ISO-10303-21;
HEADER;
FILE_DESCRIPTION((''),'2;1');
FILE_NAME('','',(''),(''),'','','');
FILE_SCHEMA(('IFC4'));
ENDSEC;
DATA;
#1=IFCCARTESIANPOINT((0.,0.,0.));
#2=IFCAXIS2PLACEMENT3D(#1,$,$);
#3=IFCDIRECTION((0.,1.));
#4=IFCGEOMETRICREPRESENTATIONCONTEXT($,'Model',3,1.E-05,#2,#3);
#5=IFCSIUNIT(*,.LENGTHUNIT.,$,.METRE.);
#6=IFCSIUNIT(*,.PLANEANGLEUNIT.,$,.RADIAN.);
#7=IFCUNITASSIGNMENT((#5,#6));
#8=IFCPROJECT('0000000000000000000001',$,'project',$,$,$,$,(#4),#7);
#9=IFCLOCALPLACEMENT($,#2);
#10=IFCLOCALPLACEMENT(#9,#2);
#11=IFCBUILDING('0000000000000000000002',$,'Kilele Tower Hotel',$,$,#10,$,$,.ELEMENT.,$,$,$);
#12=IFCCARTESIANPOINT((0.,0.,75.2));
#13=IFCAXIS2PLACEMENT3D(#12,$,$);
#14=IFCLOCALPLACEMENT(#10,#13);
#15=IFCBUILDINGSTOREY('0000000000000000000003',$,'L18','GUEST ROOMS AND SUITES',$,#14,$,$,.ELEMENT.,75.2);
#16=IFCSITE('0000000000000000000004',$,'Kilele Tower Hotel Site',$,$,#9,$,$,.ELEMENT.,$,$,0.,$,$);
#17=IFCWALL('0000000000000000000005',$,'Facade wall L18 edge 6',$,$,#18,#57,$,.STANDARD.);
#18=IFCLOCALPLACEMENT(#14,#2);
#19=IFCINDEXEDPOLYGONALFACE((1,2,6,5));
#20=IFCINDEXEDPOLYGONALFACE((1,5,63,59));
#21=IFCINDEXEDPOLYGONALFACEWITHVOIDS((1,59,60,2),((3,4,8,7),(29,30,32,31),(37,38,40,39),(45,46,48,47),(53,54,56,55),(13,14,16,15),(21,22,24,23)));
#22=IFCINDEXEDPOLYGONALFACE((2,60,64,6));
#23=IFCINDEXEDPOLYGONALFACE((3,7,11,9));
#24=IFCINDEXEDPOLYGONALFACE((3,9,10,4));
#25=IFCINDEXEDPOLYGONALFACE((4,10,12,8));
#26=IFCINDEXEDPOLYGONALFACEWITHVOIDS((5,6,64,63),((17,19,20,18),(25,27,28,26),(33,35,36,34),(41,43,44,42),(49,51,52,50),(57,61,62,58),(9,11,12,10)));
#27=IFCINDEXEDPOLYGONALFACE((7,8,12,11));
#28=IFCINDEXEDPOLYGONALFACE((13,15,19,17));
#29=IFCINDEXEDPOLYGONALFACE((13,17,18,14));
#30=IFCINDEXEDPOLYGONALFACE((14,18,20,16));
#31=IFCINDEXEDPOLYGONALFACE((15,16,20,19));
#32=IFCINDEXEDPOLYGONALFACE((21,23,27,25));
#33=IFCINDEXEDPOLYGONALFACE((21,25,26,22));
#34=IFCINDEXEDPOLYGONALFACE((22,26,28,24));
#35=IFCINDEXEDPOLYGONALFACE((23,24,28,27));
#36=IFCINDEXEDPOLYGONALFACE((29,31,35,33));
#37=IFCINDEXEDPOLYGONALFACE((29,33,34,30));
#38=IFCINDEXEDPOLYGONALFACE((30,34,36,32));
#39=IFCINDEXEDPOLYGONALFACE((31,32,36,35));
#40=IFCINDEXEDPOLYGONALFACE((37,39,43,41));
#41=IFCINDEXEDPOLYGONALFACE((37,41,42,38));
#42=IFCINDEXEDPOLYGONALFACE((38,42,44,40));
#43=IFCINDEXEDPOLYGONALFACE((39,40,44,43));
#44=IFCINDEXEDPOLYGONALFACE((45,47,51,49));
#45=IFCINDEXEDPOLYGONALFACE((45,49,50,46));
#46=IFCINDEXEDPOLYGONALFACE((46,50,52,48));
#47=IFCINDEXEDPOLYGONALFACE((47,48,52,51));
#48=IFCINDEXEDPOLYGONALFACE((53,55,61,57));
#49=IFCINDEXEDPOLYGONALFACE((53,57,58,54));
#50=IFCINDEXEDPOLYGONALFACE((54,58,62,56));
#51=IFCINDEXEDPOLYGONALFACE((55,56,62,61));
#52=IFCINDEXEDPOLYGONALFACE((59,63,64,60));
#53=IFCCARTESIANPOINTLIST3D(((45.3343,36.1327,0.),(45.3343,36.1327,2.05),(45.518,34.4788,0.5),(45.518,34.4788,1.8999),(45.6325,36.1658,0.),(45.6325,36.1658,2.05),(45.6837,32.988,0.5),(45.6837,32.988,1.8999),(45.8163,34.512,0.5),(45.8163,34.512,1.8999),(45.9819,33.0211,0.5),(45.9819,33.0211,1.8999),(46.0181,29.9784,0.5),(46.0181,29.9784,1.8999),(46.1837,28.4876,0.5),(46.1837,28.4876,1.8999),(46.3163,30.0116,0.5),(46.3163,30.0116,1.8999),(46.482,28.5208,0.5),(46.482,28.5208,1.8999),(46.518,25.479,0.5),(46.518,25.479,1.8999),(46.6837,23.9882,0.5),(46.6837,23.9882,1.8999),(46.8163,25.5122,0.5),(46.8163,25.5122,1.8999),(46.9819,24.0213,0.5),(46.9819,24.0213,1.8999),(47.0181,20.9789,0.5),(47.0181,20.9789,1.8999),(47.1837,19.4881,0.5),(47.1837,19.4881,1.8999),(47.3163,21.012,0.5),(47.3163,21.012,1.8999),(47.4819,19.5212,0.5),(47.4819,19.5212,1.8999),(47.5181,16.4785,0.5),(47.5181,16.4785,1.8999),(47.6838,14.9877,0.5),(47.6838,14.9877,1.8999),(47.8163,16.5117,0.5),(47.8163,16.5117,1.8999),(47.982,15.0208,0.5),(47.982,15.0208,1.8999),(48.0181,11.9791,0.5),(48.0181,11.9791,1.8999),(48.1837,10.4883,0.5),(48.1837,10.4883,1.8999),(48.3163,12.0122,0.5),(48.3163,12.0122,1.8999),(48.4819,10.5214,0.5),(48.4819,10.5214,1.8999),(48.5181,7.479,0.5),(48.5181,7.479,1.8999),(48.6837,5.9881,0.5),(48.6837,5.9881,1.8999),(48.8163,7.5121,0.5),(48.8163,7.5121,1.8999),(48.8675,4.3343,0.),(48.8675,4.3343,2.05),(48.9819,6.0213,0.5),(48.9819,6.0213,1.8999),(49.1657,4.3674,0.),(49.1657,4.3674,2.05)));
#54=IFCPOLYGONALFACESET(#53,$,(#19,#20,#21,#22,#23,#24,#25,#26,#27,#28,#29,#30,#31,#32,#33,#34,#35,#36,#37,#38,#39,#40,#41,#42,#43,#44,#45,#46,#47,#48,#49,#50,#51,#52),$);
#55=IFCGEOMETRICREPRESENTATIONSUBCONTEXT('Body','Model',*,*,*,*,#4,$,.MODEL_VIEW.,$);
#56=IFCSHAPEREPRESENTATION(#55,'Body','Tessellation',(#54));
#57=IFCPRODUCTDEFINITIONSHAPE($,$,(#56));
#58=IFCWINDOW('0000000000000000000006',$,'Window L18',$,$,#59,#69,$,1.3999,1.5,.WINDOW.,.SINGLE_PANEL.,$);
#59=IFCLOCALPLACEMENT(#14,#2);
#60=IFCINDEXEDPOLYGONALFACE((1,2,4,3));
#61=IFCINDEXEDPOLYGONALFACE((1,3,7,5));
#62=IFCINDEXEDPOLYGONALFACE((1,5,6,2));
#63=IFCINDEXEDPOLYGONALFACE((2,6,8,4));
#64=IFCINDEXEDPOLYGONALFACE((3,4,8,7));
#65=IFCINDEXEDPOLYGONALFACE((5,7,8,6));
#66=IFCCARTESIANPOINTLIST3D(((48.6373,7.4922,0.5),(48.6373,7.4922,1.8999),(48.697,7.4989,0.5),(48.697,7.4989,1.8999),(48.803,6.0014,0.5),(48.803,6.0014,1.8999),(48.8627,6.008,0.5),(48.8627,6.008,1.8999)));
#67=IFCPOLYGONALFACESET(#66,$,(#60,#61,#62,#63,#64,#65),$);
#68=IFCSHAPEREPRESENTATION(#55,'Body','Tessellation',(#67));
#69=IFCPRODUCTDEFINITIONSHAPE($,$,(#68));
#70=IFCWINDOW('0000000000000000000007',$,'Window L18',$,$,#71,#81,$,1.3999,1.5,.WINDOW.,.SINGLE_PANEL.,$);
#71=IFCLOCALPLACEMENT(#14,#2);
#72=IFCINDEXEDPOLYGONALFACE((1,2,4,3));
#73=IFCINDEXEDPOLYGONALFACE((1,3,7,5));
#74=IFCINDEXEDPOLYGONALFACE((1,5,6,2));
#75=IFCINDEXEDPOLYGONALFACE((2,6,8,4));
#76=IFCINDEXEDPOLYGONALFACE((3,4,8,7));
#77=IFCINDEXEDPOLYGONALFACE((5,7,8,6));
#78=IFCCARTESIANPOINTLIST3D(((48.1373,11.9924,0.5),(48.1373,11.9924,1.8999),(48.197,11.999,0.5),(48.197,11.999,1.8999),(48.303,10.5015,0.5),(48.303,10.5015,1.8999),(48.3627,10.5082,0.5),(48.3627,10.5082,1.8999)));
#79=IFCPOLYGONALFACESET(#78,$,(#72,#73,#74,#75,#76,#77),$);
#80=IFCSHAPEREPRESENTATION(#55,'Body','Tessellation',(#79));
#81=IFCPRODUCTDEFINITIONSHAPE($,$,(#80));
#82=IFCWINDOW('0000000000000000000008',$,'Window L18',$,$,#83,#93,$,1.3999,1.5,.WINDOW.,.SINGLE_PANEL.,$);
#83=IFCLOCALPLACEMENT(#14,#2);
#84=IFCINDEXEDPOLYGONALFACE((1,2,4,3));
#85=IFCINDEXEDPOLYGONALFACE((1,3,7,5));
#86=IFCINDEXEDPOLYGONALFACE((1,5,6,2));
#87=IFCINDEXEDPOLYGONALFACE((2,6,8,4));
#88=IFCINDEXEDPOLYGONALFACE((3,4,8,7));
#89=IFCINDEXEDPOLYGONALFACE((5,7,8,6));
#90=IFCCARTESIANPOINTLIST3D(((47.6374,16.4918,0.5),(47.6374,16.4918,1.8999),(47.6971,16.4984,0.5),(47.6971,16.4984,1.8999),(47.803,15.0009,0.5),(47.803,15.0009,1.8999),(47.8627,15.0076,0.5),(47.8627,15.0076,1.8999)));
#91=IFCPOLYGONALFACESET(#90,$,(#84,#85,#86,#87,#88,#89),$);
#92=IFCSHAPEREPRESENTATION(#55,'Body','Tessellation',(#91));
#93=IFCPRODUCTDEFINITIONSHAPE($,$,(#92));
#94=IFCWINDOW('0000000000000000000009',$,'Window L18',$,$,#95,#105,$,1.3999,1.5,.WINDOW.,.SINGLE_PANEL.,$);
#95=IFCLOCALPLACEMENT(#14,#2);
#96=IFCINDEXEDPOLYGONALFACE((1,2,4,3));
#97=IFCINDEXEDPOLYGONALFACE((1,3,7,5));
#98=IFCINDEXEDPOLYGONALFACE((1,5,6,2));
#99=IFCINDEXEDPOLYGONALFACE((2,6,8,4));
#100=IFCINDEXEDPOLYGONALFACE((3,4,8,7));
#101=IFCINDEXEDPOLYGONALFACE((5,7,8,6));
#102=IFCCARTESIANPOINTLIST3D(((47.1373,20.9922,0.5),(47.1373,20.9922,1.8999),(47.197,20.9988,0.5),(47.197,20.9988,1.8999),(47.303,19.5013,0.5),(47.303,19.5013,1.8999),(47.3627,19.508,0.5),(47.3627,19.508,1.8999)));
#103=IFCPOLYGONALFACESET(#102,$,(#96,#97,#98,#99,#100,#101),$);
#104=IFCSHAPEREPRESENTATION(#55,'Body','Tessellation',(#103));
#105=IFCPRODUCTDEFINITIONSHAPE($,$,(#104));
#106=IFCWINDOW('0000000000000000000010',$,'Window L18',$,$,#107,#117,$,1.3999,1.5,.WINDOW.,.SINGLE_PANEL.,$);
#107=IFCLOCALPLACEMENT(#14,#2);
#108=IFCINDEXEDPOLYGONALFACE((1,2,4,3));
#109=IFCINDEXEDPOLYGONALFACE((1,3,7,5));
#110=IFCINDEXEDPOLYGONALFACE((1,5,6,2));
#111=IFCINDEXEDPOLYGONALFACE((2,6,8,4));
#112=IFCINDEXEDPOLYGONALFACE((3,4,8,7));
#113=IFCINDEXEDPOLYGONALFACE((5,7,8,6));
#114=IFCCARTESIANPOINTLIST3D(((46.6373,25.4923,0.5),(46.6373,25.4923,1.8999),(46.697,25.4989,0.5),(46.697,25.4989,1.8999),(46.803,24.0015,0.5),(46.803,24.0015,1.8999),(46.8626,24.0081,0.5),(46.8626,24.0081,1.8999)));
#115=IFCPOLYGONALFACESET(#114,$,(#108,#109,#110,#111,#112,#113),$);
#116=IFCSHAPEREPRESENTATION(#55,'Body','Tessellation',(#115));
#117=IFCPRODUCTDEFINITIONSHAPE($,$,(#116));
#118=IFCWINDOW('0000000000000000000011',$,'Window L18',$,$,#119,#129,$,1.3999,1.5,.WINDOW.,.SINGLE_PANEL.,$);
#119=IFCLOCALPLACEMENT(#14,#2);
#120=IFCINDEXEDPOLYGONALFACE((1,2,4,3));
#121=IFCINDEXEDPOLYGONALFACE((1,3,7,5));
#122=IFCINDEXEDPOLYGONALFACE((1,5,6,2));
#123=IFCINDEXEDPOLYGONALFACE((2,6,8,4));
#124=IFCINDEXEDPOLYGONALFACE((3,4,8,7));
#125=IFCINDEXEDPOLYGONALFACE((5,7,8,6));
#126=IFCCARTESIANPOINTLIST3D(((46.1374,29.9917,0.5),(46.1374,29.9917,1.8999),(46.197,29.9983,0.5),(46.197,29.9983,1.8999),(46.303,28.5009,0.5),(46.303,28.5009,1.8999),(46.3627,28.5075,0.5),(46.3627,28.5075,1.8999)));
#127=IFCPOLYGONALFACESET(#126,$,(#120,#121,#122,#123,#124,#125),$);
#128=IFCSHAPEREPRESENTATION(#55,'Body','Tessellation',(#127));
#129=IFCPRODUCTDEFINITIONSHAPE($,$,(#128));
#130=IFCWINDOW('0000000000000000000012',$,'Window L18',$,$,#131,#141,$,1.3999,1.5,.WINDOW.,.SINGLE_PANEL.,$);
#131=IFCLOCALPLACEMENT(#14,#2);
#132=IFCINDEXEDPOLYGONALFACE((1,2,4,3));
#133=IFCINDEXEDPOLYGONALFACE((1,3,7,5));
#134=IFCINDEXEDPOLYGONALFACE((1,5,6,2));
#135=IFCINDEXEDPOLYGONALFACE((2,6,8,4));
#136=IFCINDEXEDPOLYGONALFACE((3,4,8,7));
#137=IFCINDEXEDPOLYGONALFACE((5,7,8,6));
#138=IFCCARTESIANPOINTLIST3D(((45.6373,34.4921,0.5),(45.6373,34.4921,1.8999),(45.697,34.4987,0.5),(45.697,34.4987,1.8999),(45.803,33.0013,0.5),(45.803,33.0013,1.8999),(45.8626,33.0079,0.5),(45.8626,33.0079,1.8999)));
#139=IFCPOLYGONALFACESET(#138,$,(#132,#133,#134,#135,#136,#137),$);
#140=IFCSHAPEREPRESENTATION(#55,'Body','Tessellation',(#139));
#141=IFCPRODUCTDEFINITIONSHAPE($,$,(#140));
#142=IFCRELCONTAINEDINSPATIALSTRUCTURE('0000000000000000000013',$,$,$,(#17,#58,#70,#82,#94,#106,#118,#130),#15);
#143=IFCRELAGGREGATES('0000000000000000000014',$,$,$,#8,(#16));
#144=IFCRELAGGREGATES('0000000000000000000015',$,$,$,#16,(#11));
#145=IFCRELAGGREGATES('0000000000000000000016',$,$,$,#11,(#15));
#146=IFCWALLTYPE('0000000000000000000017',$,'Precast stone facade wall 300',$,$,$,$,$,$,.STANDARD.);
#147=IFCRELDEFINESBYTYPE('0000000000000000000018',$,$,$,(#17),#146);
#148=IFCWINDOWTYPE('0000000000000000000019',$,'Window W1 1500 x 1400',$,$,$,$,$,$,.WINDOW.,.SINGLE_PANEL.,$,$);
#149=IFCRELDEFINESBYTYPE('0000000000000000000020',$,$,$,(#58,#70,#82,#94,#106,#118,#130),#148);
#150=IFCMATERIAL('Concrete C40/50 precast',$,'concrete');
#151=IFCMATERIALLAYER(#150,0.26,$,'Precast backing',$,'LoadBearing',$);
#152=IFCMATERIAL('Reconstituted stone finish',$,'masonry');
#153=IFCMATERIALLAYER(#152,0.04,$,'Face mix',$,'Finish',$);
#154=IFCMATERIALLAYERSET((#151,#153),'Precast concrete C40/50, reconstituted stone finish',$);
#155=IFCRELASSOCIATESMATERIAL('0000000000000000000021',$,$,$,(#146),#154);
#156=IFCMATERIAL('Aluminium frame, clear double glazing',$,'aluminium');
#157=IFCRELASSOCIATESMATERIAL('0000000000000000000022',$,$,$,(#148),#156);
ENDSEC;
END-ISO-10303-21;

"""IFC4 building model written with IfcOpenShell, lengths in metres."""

from ifc_helpers import new_model, si_unit, direction, frame, frame_2d, origin, place, context, subcontext, project, spatial, rectangle, extrude, material, layer, layer_set, type_object, element, fill, save


model = new_model("IFC4")

# Units and contexts
model_context = context("Model", 3, precision=1e-05, world=origin(), true_north=direction((0.0, 1.0)))
body_context = subcontext(model_context, "Body", "Model", "MODEL_VIEW")
ifc_project = project(units=[si_unit("LENGTHUNIT", "METRE"), si_unit("PLANEANGLEUNIT", "RADIAN")], contexts=[model_context])

# Site, building, storey
site_placement = place(None, origin())
site = spatial("IfcSite", under=ifc_project, at=site_placement, Name="Kilele Tower Hotel Site", CompositionType="ELEMENT", RefElevation=0.0)
building_placement = place(site_placement, origin())
building = spatial("IfcBuilding", under=site, at=building_placement, Name="Kilele Tower Hotel", CompositionType="ELEMENT")
storey_placement = place(building_placement, frame((0.0, 0.0, 75.2)))
storey = spatial("IfcBuildingStorey", under=building, at=storey_placement, Name="L18", Description="GUEST ROOMS AND SUITES", CompositionType="ELEMENT", Elevation=75.2)

# Shared definitions
ifc_material_1 = material(Name="Concrete C40/50 precast", Category="concrete")
ifc_layer_1 = layer(ifc_material_1, 0.26, Name="Precast backing", Category="LoadBearing")
ifc_material_2 = material(Name="Reconstituted stone finish", Category="masonry")
ifc_layer_2 = layer(ifc_material_2, 0.04, Name="Face mix", Category="Finish")
ifc_layer_set_1 = layer_set([ifc_layer_1, ifc_layer_2], Name="Precast concrete C40/50, reconstituted stone finish")
wall_type_1 = type_object("IfcWallType", Name="Precast stone facade wall 300", PredefinedType="STANDARD", material=ifc_layer_set_1)
ifc_material_3 = material(Name="Aluminium frame, clear double glazing", Category="aluminium")
window_type = type_object("IfcWindowType", Name="Window W1 1500 x 1400", PartitioningType="SINGLE_PANEL", PredefinedType="WINDOW", material=ifc_material_3)

# Wall, openings, windows
wall_1_placement = place(storey_placement, frame((49.0166, 4.3508, 0.0), z_axis=(0.0, 0.0, 1.0), x_axis=(-0.110433, 0.993884, 0.0)))
wall_1 = element("IfcWall", 1, at=wall_1_placement, inside=storey, type_object=wall_type_1, Name="Facade wall L18 edge 6", PredefinedType="STANDARD", context=body_context, shape_type="SweptSolid", body=[
    extrude(rectangle(XDim=31.9941, YDim=0.3, at=frame_2d((15.9971, 0.0))), origin(), (0.0, 0.0, 1.0), 2.05),
])
opening_1_placement = place(wall_1_placement, frame((1.6641, 0.0, 0.5)))
opening_1 = element("IfcOpeningElement", 2, at=opening_1_placement, cuts=wall_1, PredefinedType="OPENING", context=body_context, shape_type="SweptSolid", body=[
    extrude(rectangle(XDim=1.5, YDim=1.3999, at=frame_2d((0.75, 0.7))), frame((0.0, 0.1599, 0.0), z_axis=(0.0, -1.0, 0.0), x_axis=(1.0, 0.0, 0.0)), (0.0, 0.0, 1.0), 0.3201),
])
opening_2_placement = place(wall_1_placement, frame((6.1919, 0.0, 0.5)))
opening_2 = element("IfcOpeningElement", 3, at=opening_2_placement, cuts=wall_1, PredefinedType="OPENING", context=body_context, shape_type="SweptSolid", body=[
    extrude(rectangle(XDim=1.5, YDim=1.3999, at=frame_2d((0.75, 0.7))), frame((0.0, 0.1599, 0.0), z_axis=(0.0, -1.0, 0.0), x_axis=(1.0, 0.0, 0.0)), (0.0, 0.0, 1.0), 0.3201),
])
opening_3_placement = place(wall_1_placement, frame((10.719, 0.0, 0.5)))
opening_3 = element("IfcOpeningElement", 4, at=opening_3_placement, cuts=wall_1, PredefinedType="OPENING", context=body_context, shape_type="SweptSolid", body=[
    extrude(rectangle(XDim=1.5, YDim=1.3999, at=frame_2d((0.75, 0.7))), frame((0.0, 0.1599, 0.0), z_axis=(0.0, -1.0, 0.0), x_axis=(1.0, 0.0, 0.0)), (0.0, 0.0, 1.0), 0.3201),
])
opening_4_placement = place(wall_1_placement, frame((15.2471, 0.0, 0.5)))
opening_4 = element("IfcOpeningElement", 5, at=opening_4_placement, cuts=wall_1, PredefinedType="OPENING", context=body_context, shape_type="SweptSolid", body=[
    extrude(rectangle(XDim=1.5, YDim=1.3999, at=frame_2d((0.75, 0.7))), frame((0.0, 0.1599, 0.0), z_axis=(0.0, -1.0, 0.0), x_axis=(1.0, 0.0, 0.0)), (0.0, 0.0, 1.0), 0.3201),
])
opening_5_placement = place(wall_1_placement, frame((19.7749, 0.0, 0.5)))
opening_5 = element("IfcOpeningElement", 6, at=opening_5_placement, cuts=wall_1, PredefinedType="OPENING", context=body_context, shape_type="SweptSolid", body=[
    extrude(rectangle(XDim=1.5, YDim=1.3999, at=frame_2d((0.75, 0.7))), frame((0.0, 0.1599, 0.0), z_axis=(0.0, -1.0, 0.0), x_axis=(1.0, 0.0, 0.0)), (0.0, 0.0, 1.0), 0.3201),
])
opening_6_placement = place(wall_1_placement, frame((24.302, 0.0, 0.5)))
opening_6 = element("IfcOpeningElement", 7, at=opening_6_placement, cuts=wall_1, PredefinedType="OPENING", context=body_context, shape_type="SweptSolid", body=[
    extrude(rectangle(XDim=1.5, YDim=1.3999, at=frame_2d((0.75, 0.7))), frame((0.0, 0.1599, 0.0), z_axis=(0.0, -1.0, 0.0), x_axis=(1.0, 0.0, 0.0)), (0.0, 0.0, 1.0), 0.3201),
])
opening_7_placement = place(wall_1_placement, frame((28.8301, 0.0, 0.5)))
opening_7 = element("IfcOpeningElement", 8, at=opening_7_placement, cuts=wall_1, PredefinedType="OPENING", context=body_context, shape_type="SweptSolid", body=[
    extrude(rectangle(XDim=1.5, YDim=1.3999, at=frame_2d((0.75, 0.7))), frame((0.0, 0.1599, 0.0), z_axis=(0.0, -1.0, 0.0), x_axis=(1.0, 0.0, 0.0)), (0.0, 0.0, 1.0), 0.3201),
])
window_1_placement = place(opening_1_placement, origin())
window_1 = element("IfcWindow", 9, at=window_1_placement, inside=storey, type_object=window_type, Name="Window L18", OverallHeight=1.3999, OverallWidth=1.5, PartitioningType="SINGLE_PANEL", PredefinedType="WINDOW", context=body_context, shape_type="SweptSolid", body=[
    extrude(rectangle(XDim=1.5, YDim=1.3999, at=frame_2d((0.75, 0.7))), frame((0.0, 0.03, 0.0), z_axis=(0.0, -1.0, 0.0), x_axis=(1.0, 0.0, 0.0)), (0.0, 0.0, 1.0), 0.0601),
])
fill(opening_1, window_1)
window_2_placement = place(opening_2_placement, origin())
window_2 = element("IfcWindow", 10, at=window_2_placement, inside=storey, type_object=window_type, Name="Window L18", OverallHeight=1.3999, OverallWidth=1.5, PartitioningType="SINGLE_PANEL", PredefinedType="WINDOW", context=body_context, shape_type="SweptSolid", body=[
    extrude(rectangle(XDim=1.5, YDim=1.3999, at=frame_2d((0.75, 0.7))), frame((0.0, 0.03, 0.0), z_axis=(0.0, -1.0, 0.0), x_axis=(1.0, 0.0, 0.0)), (0.0, 0.0, 1.0), 0.0601),
])
fill(opening_2, window_2)
window_3_placement = place(opening_3_placement, origin())
window_3 = element("IfcWindow", 11, at=window_3_placement, inside=storey, type_object=window_type, Name="Window L18", OverallHeight=1.3999, OverallWidth=1.5, PartitioningType="SINGLE_PANEL", PredefinedType="WINDOW", context=body_context, shape_type="SweptSolid", body=[
    extrude(rectangle(XDim=1.5, YDim=1.3999, at=frame_2d((0.75, 0.7))), frame((0.0, 0.03, 0.0), z_axis=(0.0, -1.0, 0.0), x_axis=(1.0, 0.0, 0.0)), (0.0, 0.0, 1.0), 0.0601),
])
fill(opening_3, window_3)
window_4_placement = place(opening_4_placement, origin())
window_4 = element("IfcWindow", 12, at=window_4_placement, inside=storey, type_object=window_type, Name="Window L18", OverallHeight=1.3999, OverallWidth=1.5, PartitioningType="SINGLE_PANEL", PredefinedType="WINDOW", context=body_context, shape_type="SweptSolid", body=[
    extrude(rectangle(XDim=1.5, YDim=1.3999, at=frame_2d((0.75, 0.7))), frame((0.0, 0.03, 0.0), z_axis=(0.0, -1.0, 0.0), x_axis=(1.0, 0.0, 0.0)), (0.0, 0.0, 1.0), 0.0601),
])
fill(opening_4, window_4)
window_5_placement = place(opening_5_placement, origin())
window_5 = element("IfcWindow", 13, at=window_5_placement, inside=storey, type_object=window_type, Name="Window L18", OverallHeight=1.3999, OverallWidth=1.5, PartitioningType="SINGLE_PANEL", PredefinedType="WINDOW", context=body_context, shape_type="SweptSolid", body=[
    extrude(rectangle(XDim=1.5, YDim=1.3999, at=frame_2d((0.75, 0.7))), frame((0.0, 0.03, 0.0), z_axis=(0.0, -1.0, 0.0), x_axis=(1.0, 0.0, 0.0)), (0.0, 0.0, 1.0), 0.0601),
])
fill(opening_5, window_5)
window_6_placement = place(opening_6_placement, origin())
window_6 = element("IfcWindow", 14, at=window_6_placement, inside=storey, type_object=window_type, Name="Window L18", OverallHeight=1.3999, OverallWidth=1.5, PartitioningType="SINGLE_PANEL", PredefinedType="WINDOW", context=body_context, shape_type="SweptSolid", body=[
    extrude(rectangle(XDim=1.5, YDim=1.3999, at=frame_2d((0.75, 0.7))), frame((0.0, 0.03, 0.0), z_axis=(0.0, -1.0, 0.0), x_axis=(1.0, 0.0, 0.0)), (0.0, 0.0, 1.0), 0.0601),
])
fill(opening_6, window_6)
window_7_placement = place(opening_7_placement, origin())
window_7 = element("IfcWindow", 15, at=window_7_placement, inside=storey, type_object=window_type, Name="Window L18", OverallHeight=1.3999, OverallWidth=1.5, PartitioningType="SINGLE_PANEL", PredefinedType="WINDOW", context=body_context, shape_type="SweptSolid", body=[
    extrude(rectangle(XDim=1.5, YDim=1.3999, at=frame_2d((0.75, 0.7))), frame((0.0, 0.03, 0.0), z_axis=(0.0, -1.0, 0.0), x_axis=(1.0, 0.0, 0.0)), (0.0, 0.0, 1.0), 0.0601),
])
fill(opening_7, window_7)

save(model, "model.ifc")
